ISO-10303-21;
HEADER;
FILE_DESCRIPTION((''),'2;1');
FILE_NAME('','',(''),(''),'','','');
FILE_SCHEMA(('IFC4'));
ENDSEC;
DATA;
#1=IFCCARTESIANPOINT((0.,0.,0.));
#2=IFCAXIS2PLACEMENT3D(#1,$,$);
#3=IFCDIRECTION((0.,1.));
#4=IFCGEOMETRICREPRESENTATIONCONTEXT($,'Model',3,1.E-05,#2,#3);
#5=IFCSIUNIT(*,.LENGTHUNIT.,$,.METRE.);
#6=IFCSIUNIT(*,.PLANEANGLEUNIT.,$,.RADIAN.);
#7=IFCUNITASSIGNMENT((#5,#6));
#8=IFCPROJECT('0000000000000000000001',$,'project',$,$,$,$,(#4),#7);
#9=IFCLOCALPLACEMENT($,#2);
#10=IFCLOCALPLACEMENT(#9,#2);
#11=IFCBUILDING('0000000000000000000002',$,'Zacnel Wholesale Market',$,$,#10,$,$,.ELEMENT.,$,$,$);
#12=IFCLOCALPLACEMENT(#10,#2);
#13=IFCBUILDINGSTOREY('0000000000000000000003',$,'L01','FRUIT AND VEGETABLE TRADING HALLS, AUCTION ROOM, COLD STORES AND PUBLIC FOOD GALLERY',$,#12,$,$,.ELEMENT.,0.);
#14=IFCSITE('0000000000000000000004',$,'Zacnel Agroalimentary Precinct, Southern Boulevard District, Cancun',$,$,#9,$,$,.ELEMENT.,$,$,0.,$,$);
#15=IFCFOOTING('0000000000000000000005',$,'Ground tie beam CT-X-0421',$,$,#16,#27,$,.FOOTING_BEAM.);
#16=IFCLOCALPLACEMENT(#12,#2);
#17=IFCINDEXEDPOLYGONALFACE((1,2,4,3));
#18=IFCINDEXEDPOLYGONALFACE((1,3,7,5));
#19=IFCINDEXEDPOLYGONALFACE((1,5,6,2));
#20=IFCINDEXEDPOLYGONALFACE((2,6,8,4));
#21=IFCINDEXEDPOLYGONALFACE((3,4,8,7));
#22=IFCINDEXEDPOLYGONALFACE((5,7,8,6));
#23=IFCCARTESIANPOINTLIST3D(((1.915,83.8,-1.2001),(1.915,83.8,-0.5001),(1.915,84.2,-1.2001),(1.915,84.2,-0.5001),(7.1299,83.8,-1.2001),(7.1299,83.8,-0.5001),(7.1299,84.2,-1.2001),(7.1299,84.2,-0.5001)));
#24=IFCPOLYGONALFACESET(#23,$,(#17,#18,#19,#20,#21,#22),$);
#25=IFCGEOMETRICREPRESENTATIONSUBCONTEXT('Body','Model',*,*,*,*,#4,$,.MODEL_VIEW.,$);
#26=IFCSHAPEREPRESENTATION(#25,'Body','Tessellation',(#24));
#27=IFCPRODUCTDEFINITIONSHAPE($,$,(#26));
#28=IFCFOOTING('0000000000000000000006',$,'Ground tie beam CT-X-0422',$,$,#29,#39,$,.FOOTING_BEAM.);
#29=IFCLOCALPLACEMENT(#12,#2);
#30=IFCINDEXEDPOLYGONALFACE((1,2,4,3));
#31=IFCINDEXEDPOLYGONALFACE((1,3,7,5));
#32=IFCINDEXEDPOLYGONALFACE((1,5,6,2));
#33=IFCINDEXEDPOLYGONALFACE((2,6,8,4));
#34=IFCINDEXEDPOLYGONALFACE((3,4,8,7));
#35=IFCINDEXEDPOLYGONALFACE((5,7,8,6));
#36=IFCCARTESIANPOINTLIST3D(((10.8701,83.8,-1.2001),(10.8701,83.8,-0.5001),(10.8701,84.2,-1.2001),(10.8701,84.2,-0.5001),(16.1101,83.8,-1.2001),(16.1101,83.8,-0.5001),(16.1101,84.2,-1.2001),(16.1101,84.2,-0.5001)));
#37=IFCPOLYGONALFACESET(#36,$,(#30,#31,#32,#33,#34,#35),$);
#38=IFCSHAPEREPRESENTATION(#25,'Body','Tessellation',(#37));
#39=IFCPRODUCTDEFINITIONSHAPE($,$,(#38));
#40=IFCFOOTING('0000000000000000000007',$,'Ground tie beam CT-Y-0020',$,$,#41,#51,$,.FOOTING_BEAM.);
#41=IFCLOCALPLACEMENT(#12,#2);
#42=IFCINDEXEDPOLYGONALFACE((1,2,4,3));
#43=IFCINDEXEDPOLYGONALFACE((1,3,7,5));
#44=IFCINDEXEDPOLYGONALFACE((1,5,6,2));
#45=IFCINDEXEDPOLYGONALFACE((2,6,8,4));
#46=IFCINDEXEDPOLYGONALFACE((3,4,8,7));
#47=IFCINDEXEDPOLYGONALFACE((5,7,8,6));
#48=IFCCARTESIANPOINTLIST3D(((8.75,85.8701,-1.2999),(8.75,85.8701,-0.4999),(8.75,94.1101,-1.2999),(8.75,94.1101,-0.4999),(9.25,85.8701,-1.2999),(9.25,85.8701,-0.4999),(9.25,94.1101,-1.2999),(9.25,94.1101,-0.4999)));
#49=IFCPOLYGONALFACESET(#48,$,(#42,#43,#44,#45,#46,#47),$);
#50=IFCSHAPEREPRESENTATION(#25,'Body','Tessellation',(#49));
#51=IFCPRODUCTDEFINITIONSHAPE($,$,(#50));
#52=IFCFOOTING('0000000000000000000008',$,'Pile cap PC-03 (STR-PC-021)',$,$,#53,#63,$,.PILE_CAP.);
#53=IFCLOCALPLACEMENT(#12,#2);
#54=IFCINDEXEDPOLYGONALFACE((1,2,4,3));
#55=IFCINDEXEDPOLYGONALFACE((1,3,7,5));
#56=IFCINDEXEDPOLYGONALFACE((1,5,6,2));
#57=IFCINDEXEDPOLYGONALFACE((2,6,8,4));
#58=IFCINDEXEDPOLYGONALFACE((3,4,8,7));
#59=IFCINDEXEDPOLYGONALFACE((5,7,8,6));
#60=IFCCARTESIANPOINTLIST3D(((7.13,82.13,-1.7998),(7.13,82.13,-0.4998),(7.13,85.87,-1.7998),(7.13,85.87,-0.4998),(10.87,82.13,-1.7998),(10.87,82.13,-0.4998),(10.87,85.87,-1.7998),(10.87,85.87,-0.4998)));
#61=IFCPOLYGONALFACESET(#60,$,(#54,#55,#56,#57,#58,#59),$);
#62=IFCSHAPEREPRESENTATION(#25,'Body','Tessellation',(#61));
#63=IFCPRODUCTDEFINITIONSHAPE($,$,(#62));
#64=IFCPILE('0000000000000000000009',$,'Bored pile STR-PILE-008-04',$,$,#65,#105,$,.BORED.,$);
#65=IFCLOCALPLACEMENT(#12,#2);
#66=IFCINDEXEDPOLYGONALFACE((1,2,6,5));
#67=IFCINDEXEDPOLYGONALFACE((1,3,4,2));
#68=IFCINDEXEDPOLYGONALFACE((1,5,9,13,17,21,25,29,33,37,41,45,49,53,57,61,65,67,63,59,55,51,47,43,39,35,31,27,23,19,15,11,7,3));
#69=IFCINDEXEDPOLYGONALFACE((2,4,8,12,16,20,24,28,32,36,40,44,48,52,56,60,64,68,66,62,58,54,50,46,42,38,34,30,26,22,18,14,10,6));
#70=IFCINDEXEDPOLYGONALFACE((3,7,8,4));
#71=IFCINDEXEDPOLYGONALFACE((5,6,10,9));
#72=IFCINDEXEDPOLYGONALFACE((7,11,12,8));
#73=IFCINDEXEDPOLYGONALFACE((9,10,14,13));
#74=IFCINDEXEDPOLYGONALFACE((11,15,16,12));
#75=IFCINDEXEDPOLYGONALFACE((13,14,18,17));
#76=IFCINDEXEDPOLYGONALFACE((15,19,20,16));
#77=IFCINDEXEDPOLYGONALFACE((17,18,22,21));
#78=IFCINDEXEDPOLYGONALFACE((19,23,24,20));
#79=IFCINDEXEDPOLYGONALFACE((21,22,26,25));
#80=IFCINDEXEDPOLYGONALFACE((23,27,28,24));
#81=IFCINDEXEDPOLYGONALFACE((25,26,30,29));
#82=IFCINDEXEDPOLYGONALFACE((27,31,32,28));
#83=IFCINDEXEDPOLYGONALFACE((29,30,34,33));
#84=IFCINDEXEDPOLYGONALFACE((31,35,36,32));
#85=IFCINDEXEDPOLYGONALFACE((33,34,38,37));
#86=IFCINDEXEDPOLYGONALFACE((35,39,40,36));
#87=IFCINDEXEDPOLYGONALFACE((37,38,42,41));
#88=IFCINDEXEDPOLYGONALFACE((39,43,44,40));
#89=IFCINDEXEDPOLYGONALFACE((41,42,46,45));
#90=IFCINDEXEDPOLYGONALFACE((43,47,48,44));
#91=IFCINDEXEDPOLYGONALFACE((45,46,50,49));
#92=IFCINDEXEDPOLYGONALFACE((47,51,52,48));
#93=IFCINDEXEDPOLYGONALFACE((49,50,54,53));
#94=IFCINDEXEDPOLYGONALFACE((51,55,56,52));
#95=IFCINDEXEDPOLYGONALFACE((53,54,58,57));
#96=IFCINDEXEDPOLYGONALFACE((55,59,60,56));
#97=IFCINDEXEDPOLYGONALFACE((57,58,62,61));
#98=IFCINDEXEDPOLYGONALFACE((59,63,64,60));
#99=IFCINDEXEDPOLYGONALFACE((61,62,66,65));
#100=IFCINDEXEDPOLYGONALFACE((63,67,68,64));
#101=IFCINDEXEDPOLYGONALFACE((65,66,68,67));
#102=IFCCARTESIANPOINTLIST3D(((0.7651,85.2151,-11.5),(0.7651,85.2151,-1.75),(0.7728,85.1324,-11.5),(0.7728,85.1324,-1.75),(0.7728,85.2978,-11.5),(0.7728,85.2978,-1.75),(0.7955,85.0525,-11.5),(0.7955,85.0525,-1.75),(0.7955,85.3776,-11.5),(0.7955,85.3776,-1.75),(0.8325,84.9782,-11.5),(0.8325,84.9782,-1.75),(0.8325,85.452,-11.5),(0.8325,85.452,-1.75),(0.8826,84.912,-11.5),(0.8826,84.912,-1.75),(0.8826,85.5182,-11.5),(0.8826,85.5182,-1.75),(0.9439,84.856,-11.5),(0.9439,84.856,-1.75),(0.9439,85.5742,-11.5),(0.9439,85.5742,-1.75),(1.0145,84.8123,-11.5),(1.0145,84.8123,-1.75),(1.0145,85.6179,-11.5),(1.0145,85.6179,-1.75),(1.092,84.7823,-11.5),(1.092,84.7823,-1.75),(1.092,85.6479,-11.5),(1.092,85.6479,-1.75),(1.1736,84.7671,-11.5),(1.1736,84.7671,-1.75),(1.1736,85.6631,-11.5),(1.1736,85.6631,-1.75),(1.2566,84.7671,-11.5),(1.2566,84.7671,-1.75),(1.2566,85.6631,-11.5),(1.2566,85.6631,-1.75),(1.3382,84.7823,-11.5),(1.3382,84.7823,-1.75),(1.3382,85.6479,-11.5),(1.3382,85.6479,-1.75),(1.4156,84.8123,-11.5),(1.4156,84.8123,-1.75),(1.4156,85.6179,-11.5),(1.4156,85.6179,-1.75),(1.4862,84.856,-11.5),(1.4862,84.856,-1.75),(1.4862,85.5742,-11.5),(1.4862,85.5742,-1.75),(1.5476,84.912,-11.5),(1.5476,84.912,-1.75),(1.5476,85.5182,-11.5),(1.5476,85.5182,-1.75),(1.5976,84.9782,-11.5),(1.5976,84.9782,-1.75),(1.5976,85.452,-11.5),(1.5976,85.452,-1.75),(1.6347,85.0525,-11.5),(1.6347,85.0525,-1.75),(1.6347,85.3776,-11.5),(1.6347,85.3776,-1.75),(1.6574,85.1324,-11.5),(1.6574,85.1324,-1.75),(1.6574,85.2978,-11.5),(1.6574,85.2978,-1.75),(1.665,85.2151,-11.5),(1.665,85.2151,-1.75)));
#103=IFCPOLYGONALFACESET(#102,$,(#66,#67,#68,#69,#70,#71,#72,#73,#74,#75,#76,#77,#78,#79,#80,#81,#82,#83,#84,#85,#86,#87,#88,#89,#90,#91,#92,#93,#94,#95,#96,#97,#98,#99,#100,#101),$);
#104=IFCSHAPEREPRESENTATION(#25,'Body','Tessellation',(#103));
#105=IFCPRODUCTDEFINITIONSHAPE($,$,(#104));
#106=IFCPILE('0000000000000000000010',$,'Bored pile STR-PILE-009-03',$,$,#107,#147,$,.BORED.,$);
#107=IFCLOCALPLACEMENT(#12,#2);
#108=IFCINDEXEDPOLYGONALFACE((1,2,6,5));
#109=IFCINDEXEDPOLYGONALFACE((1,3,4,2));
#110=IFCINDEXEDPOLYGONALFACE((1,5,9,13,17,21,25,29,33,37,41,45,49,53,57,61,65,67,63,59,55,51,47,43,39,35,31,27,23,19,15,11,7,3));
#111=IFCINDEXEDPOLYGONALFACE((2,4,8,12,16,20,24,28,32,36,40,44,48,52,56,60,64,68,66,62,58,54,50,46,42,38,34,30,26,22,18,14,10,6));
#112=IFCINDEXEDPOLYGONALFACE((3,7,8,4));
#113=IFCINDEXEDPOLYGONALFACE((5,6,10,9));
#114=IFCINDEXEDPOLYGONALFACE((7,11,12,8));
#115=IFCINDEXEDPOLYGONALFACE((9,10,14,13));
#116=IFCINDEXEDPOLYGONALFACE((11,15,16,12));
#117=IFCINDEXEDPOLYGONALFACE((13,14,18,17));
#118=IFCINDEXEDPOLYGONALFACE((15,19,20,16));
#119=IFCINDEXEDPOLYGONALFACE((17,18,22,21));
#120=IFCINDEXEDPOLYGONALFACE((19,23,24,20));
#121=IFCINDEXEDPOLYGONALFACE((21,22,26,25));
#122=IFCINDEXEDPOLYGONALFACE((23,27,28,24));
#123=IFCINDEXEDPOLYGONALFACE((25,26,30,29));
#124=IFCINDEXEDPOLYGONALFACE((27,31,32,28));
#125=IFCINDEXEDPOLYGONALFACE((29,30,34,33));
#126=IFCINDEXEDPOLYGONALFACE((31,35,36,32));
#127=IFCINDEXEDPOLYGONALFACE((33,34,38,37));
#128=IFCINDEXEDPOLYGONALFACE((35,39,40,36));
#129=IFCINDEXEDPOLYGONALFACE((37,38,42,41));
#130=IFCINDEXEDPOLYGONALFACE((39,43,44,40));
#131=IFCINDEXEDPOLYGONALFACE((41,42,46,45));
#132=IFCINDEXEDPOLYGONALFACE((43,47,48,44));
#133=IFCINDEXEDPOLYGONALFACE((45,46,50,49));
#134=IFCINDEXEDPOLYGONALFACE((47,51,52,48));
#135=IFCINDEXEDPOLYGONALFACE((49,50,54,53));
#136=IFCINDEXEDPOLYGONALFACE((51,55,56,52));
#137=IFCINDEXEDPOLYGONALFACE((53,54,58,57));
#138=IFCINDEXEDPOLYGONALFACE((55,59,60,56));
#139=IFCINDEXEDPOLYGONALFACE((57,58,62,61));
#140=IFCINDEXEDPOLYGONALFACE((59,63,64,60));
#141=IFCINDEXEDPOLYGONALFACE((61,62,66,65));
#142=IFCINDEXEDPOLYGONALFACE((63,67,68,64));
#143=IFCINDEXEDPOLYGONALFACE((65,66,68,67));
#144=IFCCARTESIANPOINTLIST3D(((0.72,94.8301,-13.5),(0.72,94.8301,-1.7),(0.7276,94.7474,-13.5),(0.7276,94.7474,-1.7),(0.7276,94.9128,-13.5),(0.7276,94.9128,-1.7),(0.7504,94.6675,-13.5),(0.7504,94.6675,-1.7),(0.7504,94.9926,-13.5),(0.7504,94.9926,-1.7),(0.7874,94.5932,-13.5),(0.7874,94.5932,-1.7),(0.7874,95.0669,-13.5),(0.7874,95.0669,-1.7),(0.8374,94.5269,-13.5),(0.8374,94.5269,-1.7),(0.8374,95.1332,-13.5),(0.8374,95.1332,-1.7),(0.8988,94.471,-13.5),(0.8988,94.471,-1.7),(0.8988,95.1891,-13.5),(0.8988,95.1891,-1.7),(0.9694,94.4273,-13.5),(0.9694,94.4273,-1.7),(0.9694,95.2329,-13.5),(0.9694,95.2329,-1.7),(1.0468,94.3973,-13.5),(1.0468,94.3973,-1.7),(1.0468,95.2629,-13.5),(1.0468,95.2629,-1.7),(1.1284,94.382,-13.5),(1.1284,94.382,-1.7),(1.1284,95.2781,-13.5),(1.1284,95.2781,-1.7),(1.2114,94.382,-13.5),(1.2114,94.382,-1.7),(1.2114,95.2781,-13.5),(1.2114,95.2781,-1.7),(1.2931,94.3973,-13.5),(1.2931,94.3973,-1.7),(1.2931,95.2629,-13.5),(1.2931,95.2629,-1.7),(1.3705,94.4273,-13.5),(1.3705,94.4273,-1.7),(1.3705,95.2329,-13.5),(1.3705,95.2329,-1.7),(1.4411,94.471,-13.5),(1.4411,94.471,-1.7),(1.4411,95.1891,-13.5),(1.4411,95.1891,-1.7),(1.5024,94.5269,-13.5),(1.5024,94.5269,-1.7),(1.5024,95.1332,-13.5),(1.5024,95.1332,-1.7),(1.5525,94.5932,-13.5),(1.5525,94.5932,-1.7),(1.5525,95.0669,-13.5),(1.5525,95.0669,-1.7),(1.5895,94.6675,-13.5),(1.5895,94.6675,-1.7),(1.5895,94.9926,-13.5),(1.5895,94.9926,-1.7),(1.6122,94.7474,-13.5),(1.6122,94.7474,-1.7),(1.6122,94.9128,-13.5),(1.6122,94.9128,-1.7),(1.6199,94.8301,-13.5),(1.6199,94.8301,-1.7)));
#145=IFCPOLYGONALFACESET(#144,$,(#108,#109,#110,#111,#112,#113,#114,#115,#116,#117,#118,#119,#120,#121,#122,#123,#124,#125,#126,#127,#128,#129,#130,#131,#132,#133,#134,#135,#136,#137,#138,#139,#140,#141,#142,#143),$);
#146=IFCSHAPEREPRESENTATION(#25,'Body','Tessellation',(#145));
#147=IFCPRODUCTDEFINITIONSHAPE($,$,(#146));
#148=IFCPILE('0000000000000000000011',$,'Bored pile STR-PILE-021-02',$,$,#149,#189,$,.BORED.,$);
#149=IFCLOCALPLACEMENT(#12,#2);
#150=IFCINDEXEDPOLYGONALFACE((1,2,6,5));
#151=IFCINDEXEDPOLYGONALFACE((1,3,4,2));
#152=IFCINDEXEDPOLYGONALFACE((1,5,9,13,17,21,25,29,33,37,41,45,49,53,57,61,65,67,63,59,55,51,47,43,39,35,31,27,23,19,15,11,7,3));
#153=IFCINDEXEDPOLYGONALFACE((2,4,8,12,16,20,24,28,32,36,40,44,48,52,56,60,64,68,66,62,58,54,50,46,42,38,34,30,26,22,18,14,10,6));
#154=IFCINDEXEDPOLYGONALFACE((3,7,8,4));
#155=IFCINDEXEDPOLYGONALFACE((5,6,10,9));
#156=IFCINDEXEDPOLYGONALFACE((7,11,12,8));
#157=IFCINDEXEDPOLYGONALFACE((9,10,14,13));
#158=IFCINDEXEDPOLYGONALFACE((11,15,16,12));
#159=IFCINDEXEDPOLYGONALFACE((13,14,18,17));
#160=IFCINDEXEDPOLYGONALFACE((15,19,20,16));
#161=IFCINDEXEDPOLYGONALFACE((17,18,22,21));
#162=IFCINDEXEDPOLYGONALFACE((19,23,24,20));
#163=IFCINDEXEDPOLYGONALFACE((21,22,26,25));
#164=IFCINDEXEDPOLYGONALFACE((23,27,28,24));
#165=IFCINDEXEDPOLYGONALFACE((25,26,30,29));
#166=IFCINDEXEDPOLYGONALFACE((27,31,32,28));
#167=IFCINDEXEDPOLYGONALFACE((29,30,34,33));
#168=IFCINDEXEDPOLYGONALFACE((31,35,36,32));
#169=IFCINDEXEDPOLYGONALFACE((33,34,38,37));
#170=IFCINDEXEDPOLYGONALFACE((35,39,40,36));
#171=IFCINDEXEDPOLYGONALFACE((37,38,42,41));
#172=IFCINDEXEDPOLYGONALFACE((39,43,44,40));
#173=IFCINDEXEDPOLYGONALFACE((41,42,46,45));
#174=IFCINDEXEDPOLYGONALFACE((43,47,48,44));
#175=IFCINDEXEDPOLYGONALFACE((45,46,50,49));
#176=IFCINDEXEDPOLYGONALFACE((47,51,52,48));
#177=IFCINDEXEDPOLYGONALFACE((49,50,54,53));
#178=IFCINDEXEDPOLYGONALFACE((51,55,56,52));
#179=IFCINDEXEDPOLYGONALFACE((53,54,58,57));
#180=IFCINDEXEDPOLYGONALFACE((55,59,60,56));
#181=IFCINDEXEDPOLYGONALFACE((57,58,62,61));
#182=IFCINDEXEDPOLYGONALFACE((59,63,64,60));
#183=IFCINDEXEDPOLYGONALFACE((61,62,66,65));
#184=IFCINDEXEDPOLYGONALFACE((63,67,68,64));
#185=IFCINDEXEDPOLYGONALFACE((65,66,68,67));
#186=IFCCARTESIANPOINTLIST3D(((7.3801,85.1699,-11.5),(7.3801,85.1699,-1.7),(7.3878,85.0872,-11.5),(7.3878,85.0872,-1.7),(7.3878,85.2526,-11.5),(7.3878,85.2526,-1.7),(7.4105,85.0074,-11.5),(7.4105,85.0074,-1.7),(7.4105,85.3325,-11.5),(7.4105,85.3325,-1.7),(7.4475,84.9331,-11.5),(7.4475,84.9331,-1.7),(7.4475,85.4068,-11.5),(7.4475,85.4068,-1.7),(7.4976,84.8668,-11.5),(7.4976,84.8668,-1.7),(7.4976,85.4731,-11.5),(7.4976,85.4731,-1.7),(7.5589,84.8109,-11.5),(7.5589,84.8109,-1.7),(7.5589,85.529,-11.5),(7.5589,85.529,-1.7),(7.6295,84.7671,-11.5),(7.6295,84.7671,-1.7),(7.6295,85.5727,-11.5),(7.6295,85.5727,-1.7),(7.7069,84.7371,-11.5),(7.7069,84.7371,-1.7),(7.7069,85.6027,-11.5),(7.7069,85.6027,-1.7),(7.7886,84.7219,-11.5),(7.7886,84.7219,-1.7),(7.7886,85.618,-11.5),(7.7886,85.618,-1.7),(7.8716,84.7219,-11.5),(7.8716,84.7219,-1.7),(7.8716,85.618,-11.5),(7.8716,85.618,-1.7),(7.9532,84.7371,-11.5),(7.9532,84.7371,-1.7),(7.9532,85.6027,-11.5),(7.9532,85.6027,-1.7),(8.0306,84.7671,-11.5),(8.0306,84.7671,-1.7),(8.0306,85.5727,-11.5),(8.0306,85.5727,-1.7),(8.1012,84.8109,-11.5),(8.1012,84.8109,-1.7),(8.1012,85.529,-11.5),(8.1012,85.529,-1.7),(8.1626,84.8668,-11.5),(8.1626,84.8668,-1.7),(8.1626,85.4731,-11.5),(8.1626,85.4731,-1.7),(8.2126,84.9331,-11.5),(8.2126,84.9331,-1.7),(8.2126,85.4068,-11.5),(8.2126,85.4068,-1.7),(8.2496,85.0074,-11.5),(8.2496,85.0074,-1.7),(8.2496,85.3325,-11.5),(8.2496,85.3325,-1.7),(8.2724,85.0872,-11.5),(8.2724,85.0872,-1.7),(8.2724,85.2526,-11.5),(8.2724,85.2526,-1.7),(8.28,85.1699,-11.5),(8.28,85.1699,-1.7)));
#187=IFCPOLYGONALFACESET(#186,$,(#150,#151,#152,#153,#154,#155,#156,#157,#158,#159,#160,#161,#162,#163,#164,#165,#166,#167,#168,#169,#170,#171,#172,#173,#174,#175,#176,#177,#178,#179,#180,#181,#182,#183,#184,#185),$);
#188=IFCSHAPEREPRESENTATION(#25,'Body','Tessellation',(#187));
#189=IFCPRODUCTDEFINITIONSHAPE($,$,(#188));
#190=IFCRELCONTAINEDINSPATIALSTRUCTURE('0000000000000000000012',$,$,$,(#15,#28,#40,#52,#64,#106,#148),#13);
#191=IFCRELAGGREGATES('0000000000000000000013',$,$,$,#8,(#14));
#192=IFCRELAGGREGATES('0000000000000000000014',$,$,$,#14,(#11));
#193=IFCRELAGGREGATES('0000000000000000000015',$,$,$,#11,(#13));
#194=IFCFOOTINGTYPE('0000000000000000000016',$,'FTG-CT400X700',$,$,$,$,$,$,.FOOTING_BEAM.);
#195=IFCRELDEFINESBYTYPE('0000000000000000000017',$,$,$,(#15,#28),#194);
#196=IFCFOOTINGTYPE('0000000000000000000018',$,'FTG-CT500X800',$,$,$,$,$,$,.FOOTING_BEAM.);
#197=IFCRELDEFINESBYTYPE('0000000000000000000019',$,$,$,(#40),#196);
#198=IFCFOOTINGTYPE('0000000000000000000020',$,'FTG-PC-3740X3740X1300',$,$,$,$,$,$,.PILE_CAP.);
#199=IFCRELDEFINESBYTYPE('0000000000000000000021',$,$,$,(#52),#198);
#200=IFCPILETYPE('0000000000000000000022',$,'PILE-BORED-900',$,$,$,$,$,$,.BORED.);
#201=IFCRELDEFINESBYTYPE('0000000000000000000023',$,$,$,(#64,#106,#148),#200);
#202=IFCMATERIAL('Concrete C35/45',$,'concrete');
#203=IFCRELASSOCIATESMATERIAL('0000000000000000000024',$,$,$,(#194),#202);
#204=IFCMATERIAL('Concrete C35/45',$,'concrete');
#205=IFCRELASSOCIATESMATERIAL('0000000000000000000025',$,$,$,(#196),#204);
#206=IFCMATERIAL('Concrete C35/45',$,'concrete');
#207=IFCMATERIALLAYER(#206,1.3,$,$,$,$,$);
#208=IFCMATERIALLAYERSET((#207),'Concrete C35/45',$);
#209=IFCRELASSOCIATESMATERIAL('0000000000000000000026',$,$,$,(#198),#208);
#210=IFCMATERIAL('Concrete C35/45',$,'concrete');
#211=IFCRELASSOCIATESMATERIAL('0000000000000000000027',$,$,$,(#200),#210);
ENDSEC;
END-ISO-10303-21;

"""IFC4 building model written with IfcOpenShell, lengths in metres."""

from ifc_helpers import new_model, si_unit, direction, frame, origin, origin_2d, place, context, subcontext, project, spatial, rectangle, circle, extrude, material, layer, layer_set, material_profile, profile_set, type_object, element, save


model = new_model("IFC4")

# Units and contexts
model_context = context("Model", 3, precision=1e-05, world=origin(), true_north=direction((0.0, 1.0)))
body_context = subcontext(model_context, "Body", "Model", "MODEL_VIEW")
ifc_project = project(units=[si_unit("LENGTHUNIT", "METRE"), si_unit("PLANEANGLEUNIT", "RADIAN")], contexts=[model_context])

# Site, building, storey
site_placement = place(None, origin())
site = spatial("IfcSite", under=ifc_project, at=site_placement, Name="Zacnel Agroalimentary Precinct, Southern Boulevard District, Cancun", CompositionType="ELEMENT", RefElevation=0.0)
building_placement = place(site_placement, origin())
building = spatial("IfcBuilding", under=site, at=building_placement, Name="Zacnel Wholesale Market", CompositionType="ELEMENT")
storey_placement = place(building_placement, origin())
storey = spatial("IfcBuildingStorey", under=building, at=storey_placement, Name="L01", Description="FRUIT AND VEGETABLE TRADING HALLS, AUCTION ROOM, COLD STORES AND PUBLIC FOOD GALLERY", CompositionType="ELEMENT", Elevation=0.0)

# Footings
ifc_material_1 = material(Name="Concrete C35/45", Category="concrete")
ifc_material_profile_1 = material_profile(ifc_material_1, rectangle(XDim=0.3999, YDim=0.7, at=origin_2d()), Name="CT 400x700")
ifc_profile_set_1 = profile_set([ifc_material_profile_1], Name="Concrete C35/45")
footing_type_1 = type_object("IfcFootingType", Name="FTG-CT400X700", PredefinedType="FOOTING_BEAM", material=ifc_profile_set_1)
footing_1_placement = place(storey_placement, frame((1.915, 84.0, -0.8501), z_axis=(1.0, 0.0, 0.0), x_axis=(0.0, 1.0, 0.0)))
element("IfcFooting", 1, at=footing_1_placement, inside=storey, type_object=footing_type_1, Name="Ground tie beam CT-X-0421", PredefinedType="FOOTING_BEAM", context=body_context, shape_type="SweptSolid", body=[
    extrude(rectangle(XDim=0.3999, YDim=0.7, at=origin_2d()), origin(), (0.0, 0.0, 1.0), 5.2148),
])
footing_2_placement = place(storey_placement, frame((10.8701, 84.0, -0.8501), z_axis=(1.0, 0.0, 0.0), x_axis=(0.0, 1.0, 0.0)))
element("IfcFooting", 2, at=footing_2_placement, inside=storey, type_object=footing_type_1, Name="Ground tie beam CT-X-0422", PredefinedType="FOOTING_BEAM", context=body_context, shape_type="SweptSolid", body=[
    extrude(rectangle(XDim=0.3999, YDim=0.7, at=origin_2d()), origin(), (0.0, 0.0, 1.0), 5.24),
])
ifc_material_2 = material(Name="Concrete C35/45", Category="concrete")
ifc_material_profile_2 = material_profile(ifc_material_2, rectangle(XDim=0.5, YDim=0.8, at=origin_2d()), Name="CT 500x800")
ifc_profile_set_2 = profile_set([ifc_material_profile_2], Name="Concrete C35/45")
footing_type_2 = type_object("IfcFootingType", Name="FTG-CT500X800", PredefinedType="FOOTING_BEAM", material=ifc_profile_set_2)
footing_3_placement = place(storey_placement, frame((9.0, 85.8701, -0.8999), z_axis=(0.0, 1.0, 0.0), x_axis=(-1.0, 0.0, 0.0)))
element("IfcFooting", 3, at=footing_3_placement, inside=storey, type_object=footing_type_2, Name="Ground tie beam CT-Y-0020", PredefinedType="FOOTING_BEAM", context=body_context, shape_type="SweptSolid", body=[
    extrude(rectangle(XDim=0.5, YDim=0.8, at=origin_2d()), origin(), (0.0, 0.0, 1.0), 8.24),
])
ifc_material_3 = material(Name="Concrete C35/45", Category="concrete")
ifc_layer_1 = layer(ifc_material_3, 1.3)
ifc_layer_set_1 = layer_set([ifc_layer_1], Name="Concrete C35/45")
footing_type_3 = type_object("IfcFootingType", Name="FTG-PC-3740X3740X1300", PredefinedType="PILE_CAP", material=ifc_layer_set_1)
footing_4_placement = place(storey_placement, frame((9.0, 84.0, -1.7998), z_axis=(0.0, 0.0, 1.0), x_axis=(1.0, 0.0, 0.0)))
element("IfcFooting", 4, at=footing_4_placement, inside=storey, type_object=footing_type_3, Name="Pile cap PC-03 (STR-PC-021)", PredefinedType="PILE_CAP", context=body_context, shape_type="SweptSolid", body=[
    extrude(rectangle(XDim=3.74, YDim=3.74, at=origin_2d()), origin(), (0.0, 0.0, 1.0), 1.3),
])

# Piles
ifc_material_4 = material(Name="Concrete C35/45", Category="concrete")
ifc_material_profile_3 = material_profile(ifc_material_4, circle(Radius=0.45, at=origin_2d()), Name="BORED PILE D900")
ifc_profile_set_3 = profile_set([ifc_material_profile_3], Name="Concrete C35/45")
pile_type = type_object("IfcPileType", Name="PILE-BORED-900", PredefinedType="BORED", material=ifc_profile_set_3)
pile_1_placement = place(storey_placement, frame((1.2151, 85.2151, -1.75), z_axis=(0.0, 0.0, -1.0), x_axis=(1.0, 0.0, 0.0)))
element("IfcPile", 5, at=pile_1_placement, inside=storey, type_object=pile_type, Name="Bored pile STR-PILE-008-04", PredefinedType="BORED", context=body_context, shape_type="SweptSolid", body=[
    extrude(circle(Radius=0.45, at=origin_2d()), origin(), (0.0, 0.0, 1.0), 9.75),
])
pile_2_placement = place(storey_placement, frame((1.1699, 94.8301, -1.7), z_axis=(0.0, 0.0, -1.0), x_axis=(1.0, 0.0, 0.0)))
element("IfcPile", 6, at=pile_2_placement, inside=storey, type_object=pile_type, Name="Bored pile STR-PILE-009-03", PredefinedType="BORED", context=body_context, shape_type="SweptSolid", body=[
    extrude(circle(Radius=0.45, at=origin_2d()), origin(), (0.0, 0.0, 1.0), 11.8),
])
for number, where, z_axis, x_axis, name in (
    (7, (7.8301, 85.1699, -1.7), (0.0, 0.0, -1.0), (1.0, 0.0, 0.0), "Bored pile STR-PILE-021-02"),
):
    element("IfcPile", number, at=place(storey_placement, frame(where, z_axis=z_axis, x_axis=x_axis)), inside=storey, type_object=pile_type, Name=name, PredefinedType="BORED", context=body_context, shape_type="SweptSolid", body=[
        extrude(circle(Radius=0.45, at=origin_2d()), origin(), (0.0, 0.0, 1.0), 9.8),
    ])

save(model, "model.ifc")
